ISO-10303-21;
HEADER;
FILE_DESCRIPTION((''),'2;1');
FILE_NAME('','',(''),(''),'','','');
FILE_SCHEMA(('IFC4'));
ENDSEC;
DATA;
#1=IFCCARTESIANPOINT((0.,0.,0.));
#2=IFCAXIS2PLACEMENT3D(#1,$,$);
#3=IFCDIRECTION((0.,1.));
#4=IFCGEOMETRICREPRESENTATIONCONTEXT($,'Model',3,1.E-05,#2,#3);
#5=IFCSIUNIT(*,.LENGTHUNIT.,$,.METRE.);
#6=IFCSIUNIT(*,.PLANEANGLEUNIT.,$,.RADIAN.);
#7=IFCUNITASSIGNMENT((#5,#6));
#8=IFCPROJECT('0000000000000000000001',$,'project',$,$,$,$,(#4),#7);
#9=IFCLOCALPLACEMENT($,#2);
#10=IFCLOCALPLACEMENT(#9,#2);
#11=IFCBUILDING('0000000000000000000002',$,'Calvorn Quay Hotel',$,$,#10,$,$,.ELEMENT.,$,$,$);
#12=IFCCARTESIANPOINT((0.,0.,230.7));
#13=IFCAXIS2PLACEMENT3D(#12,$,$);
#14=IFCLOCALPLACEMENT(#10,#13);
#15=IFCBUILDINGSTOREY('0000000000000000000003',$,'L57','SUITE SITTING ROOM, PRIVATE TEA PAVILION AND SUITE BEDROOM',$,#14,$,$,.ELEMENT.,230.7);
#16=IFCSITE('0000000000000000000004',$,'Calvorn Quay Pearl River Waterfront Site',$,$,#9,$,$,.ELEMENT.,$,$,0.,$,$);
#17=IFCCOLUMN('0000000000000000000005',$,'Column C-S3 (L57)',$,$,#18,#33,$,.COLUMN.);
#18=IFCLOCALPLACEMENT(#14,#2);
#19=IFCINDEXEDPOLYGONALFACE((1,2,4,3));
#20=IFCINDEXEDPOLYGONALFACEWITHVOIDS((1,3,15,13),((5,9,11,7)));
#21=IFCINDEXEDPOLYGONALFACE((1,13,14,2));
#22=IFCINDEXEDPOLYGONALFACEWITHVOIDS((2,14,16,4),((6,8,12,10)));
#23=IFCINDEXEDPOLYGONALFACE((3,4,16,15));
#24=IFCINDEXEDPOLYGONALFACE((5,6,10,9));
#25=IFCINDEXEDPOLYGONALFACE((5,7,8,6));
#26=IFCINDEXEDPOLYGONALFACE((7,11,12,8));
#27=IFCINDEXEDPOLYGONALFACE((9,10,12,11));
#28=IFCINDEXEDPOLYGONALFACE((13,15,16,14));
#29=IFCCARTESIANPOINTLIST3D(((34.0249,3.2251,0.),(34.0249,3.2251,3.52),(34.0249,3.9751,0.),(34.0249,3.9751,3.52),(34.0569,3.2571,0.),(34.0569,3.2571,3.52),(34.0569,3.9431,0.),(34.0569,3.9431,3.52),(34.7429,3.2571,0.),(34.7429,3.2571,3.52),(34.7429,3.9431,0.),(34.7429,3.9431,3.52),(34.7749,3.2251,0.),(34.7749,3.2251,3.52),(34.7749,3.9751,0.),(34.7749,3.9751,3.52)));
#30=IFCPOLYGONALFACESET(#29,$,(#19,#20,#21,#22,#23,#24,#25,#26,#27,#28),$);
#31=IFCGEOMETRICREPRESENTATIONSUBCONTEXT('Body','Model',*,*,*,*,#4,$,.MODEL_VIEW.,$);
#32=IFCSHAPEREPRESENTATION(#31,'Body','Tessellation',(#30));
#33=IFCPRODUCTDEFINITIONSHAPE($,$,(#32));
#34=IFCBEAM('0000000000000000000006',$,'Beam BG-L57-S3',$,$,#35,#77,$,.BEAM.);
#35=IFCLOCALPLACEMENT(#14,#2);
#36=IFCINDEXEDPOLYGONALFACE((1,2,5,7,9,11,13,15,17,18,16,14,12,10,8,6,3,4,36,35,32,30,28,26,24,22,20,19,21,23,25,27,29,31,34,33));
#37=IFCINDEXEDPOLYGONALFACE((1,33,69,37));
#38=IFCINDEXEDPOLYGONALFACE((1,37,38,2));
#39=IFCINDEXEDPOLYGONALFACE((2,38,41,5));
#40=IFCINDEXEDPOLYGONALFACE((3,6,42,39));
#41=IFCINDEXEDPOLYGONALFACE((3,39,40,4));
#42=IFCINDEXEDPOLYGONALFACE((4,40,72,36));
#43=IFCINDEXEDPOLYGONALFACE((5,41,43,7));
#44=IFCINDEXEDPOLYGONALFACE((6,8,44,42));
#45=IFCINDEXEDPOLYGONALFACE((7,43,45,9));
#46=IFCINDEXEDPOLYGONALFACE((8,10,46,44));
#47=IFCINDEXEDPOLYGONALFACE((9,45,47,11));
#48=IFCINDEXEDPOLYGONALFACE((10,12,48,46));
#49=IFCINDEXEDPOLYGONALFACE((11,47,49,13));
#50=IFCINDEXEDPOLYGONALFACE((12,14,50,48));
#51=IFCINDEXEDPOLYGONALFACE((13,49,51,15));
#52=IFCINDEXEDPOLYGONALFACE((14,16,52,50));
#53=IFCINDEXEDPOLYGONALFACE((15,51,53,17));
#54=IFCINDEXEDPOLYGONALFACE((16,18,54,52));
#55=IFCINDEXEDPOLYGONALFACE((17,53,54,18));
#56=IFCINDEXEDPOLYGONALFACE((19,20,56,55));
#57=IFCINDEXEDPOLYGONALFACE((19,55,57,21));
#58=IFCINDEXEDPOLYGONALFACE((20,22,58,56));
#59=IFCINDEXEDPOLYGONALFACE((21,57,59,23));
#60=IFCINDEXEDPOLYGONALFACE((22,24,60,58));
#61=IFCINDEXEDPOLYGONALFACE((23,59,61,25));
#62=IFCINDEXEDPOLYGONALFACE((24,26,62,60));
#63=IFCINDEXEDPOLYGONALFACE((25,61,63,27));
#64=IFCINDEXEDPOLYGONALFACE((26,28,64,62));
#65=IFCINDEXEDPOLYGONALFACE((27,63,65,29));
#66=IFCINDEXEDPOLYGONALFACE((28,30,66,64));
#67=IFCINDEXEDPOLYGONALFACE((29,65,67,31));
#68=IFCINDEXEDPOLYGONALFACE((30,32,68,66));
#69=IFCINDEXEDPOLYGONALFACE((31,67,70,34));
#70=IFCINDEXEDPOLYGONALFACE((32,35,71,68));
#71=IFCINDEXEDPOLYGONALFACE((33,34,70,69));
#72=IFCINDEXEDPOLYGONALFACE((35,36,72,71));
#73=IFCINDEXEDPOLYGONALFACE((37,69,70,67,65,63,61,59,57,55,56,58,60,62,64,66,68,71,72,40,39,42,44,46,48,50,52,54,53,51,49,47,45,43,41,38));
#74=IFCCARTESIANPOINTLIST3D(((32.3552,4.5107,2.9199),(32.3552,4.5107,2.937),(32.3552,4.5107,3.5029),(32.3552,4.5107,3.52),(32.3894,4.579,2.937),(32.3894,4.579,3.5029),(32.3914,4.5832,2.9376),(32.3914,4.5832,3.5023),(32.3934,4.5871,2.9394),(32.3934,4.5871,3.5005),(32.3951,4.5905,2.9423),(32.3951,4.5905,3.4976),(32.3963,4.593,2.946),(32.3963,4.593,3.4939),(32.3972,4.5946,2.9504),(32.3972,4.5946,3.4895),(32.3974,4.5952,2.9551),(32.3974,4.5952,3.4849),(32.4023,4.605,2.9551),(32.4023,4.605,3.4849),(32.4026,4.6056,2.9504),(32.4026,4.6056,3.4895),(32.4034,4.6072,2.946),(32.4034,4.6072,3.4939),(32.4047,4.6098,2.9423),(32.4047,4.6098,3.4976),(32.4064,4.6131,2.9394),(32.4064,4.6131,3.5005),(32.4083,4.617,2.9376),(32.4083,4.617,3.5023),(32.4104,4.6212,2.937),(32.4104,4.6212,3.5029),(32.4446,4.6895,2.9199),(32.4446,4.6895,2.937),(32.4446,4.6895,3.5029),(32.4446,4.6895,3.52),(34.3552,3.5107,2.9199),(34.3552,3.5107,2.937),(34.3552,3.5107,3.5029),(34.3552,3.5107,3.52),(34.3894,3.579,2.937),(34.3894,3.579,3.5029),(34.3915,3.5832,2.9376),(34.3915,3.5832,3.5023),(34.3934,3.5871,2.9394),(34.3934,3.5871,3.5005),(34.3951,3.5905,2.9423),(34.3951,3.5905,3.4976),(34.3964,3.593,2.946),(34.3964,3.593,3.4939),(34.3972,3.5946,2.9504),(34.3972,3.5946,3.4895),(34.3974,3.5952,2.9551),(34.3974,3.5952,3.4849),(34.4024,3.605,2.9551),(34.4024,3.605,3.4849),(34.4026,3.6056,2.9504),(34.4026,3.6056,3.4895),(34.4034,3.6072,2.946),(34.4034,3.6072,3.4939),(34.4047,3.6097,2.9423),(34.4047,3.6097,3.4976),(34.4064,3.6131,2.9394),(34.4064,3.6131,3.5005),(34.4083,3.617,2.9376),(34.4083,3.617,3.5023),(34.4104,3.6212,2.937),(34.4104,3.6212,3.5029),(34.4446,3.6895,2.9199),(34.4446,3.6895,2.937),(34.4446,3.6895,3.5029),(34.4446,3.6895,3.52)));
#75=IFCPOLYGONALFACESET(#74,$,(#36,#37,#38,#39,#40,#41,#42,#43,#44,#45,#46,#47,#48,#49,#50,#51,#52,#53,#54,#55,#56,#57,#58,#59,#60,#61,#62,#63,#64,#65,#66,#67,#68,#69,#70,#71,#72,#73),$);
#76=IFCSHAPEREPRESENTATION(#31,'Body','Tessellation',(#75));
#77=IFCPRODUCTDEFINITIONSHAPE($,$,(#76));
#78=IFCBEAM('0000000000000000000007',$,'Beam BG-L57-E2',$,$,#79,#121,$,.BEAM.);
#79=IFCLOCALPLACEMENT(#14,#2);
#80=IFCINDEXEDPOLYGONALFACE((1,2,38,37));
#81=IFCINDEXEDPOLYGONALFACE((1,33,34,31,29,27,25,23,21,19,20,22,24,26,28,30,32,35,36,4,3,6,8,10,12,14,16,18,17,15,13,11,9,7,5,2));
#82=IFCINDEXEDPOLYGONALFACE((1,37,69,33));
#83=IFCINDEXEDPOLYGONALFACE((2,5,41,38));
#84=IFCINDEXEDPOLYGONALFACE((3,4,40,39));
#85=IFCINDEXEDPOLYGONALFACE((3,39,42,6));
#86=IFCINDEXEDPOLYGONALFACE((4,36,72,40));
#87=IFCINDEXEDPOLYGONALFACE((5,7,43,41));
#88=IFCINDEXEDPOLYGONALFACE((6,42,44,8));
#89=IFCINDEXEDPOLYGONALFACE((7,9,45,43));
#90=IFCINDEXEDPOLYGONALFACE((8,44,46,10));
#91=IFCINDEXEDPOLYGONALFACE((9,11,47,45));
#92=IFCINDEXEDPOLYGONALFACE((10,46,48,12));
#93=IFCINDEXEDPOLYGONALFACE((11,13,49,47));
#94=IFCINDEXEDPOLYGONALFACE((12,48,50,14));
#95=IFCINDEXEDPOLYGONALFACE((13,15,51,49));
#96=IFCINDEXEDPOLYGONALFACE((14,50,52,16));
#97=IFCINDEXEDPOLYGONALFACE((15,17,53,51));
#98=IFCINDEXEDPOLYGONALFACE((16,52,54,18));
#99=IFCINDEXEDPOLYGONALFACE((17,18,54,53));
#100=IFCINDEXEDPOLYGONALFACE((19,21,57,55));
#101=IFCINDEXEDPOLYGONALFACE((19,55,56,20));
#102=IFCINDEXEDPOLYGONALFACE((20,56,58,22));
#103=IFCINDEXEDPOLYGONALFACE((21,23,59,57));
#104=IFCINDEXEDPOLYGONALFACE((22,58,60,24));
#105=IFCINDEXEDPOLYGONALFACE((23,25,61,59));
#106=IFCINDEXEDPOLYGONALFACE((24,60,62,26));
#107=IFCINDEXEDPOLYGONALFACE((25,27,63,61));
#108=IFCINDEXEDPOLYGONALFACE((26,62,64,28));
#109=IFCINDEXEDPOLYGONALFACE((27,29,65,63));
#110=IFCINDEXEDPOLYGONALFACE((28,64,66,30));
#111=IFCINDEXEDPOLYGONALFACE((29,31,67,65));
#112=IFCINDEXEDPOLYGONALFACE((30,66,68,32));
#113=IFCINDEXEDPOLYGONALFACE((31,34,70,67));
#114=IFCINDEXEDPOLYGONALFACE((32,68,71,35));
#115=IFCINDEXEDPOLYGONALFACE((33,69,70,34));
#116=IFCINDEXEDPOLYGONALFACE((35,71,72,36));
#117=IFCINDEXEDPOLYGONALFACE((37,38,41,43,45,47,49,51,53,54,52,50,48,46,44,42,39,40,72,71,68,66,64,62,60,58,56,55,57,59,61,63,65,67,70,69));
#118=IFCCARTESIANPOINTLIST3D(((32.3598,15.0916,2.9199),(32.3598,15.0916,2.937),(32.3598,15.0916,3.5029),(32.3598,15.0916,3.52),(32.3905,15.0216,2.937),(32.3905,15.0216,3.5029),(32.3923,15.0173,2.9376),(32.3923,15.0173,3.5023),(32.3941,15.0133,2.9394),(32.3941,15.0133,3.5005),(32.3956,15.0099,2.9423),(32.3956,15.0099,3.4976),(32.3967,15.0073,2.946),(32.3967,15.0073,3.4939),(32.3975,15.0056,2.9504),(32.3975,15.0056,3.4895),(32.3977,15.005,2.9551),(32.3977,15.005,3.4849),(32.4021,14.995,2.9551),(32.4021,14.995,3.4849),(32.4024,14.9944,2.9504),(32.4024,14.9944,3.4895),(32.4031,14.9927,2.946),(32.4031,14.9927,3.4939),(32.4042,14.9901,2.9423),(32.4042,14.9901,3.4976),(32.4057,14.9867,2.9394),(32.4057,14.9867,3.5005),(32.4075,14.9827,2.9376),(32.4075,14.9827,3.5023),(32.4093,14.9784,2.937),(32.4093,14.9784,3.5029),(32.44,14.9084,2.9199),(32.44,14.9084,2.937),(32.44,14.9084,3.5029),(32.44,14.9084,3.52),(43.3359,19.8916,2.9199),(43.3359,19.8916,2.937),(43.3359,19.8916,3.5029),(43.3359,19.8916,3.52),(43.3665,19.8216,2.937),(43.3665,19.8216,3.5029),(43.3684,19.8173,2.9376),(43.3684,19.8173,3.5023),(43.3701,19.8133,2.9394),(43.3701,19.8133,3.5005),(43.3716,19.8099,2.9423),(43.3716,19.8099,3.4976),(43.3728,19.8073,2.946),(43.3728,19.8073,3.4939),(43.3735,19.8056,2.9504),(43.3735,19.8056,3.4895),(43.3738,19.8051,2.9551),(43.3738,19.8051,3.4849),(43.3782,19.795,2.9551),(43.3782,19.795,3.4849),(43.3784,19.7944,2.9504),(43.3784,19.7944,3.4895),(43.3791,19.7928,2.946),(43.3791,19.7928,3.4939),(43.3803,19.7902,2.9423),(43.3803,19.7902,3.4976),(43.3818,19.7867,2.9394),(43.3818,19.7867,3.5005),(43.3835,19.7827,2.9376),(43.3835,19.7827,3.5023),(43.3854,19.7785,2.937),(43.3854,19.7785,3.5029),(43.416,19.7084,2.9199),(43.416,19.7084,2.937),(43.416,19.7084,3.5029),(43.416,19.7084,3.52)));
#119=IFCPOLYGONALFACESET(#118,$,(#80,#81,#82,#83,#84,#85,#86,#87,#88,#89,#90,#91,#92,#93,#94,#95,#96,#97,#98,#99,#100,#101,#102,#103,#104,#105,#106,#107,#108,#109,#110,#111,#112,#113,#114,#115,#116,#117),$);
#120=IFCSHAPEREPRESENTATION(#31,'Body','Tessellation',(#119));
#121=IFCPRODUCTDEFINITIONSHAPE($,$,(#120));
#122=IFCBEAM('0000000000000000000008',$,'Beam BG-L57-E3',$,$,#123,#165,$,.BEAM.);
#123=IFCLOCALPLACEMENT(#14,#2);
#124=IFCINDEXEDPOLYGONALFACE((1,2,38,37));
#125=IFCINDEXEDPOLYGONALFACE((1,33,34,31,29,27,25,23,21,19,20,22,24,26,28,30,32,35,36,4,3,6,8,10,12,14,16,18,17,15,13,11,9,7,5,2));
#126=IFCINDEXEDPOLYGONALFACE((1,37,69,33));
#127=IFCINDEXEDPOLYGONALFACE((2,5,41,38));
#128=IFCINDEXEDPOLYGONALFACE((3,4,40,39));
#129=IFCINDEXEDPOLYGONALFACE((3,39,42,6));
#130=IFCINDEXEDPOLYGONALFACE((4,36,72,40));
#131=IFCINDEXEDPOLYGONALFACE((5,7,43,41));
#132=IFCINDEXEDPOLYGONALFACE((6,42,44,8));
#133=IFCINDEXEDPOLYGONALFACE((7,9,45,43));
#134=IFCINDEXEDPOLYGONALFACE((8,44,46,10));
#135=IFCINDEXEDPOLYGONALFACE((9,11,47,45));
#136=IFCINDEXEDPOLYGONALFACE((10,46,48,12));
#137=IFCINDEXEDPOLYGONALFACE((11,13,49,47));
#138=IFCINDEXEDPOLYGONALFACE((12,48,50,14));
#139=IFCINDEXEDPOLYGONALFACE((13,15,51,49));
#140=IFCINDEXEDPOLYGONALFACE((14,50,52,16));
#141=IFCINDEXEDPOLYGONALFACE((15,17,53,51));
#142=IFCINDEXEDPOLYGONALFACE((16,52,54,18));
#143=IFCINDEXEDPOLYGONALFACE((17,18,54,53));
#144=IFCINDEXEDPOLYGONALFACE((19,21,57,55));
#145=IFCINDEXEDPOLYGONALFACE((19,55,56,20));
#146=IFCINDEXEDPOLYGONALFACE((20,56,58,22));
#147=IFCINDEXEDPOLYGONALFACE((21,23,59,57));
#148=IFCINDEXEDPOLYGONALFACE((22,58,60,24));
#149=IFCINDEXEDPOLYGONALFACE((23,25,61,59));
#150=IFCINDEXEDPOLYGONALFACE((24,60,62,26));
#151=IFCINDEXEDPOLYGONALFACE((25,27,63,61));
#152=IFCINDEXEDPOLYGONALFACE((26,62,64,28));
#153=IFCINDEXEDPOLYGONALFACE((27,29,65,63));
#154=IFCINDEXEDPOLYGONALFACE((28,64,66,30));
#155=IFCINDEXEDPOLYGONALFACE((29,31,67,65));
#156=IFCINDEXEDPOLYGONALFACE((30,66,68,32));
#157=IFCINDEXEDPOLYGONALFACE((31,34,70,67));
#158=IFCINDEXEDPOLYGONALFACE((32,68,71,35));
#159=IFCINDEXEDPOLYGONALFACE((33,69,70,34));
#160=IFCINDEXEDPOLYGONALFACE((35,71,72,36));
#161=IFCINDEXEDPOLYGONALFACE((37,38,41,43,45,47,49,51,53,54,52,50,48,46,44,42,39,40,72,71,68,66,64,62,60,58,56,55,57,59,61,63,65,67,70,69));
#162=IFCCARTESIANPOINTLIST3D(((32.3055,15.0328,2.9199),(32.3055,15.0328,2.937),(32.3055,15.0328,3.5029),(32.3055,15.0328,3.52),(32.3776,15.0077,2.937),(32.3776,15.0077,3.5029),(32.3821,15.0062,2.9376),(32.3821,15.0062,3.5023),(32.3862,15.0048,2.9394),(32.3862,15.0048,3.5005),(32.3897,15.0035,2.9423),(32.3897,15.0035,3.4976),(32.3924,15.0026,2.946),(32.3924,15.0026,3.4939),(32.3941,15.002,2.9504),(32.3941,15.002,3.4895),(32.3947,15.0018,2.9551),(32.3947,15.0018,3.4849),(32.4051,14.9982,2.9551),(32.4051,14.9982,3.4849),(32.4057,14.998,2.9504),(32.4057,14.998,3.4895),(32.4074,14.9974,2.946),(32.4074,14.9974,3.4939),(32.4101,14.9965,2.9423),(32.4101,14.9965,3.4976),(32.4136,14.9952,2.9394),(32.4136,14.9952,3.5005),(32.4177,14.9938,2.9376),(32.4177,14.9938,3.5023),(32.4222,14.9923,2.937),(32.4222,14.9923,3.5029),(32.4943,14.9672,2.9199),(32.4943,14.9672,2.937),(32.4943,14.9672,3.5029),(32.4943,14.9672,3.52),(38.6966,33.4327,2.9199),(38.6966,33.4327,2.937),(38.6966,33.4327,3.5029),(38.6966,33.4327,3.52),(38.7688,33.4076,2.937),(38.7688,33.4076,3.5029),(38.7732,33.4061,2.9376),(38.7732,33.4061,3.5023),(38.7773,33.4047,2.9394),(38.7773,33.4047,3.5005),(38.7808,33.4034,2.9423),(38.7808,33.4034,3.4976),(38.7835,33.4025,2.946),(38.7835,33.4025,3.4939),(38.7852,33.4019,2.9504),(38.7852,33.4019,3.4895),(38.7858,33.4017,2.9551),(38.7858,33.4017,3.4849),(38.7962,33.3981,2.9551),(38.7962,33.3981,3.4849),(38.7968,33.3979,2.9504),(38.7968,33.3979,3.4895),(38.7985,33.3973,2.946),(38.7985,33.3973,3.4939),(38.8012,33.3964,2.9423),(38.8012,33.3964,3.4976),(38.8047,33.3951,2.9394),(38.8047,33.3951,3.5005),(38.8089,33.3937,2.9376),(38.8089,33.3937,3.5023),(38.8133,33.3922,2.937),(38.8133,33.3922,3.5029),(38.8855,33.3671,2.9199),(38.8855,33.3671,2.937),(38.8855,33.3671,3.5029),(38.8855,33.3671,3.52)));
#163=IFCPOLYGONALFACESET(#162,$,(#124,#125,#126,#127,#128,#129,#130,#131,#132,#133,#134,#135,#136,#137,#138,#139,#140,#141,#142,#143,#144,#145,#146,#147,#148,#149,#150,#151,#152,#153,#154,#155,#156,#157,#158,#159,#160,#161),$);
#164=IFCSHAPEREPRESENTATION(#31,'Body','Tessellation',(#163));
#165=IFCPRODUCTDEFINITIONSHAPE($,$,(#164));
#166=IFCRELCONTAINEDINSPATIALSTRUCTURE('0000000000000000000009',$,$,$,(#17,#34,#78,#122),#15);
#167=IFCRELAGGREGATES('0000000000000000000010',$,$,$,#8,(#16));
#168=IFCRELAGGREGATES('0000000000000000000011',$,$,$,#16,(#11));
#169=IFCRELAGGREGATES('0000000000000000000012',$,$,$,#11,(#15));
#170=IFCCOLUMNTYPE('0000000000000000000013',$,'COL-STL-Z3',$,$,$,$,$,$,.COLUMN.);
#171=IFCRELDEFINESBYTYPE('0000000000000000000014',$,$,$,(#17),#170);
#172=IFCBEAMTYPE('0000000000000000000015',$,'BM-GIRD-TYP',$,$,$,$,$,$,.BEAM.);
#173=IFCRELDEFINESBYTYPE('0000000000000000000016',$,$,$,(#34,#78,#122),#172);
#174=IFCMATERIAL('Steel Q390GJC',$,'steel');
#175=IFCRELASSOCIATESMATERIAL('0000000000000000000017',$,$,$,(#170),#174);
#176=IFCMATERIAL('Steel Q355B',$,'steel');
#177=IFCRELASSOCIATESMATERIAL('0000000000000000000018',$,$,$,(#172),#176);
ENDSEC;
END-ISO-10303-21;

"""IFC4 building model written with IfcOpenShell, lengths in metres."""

from ifc_helpers import new_model, si_unit, direction, frame, origin, origin_2d, place, context, subcontext, project, spatial, hollow_rectangle, i_section, extrude, material, material_profile, profile_set, type_object, element, save


model = new_model("IFC4")

# Units and contexts
model_context = context("Model", 3, precision=1e-05, world=origin(), true_north=direction((0.0, 1.0)))
body_context = subcontext(model_context, "Body", "Model", "MODEL_VIEW")
ifc_project = project(units=[si_unit("LENGTHUNIT", "METRE"), si_unit("PLANEANGLEUNIT", "RADIAN")], contexts=[model_context])

# Site, building, storey
site_placement = place(None, origin())
site = spatial("IfcSite", under=ifc_project, at=site_placement, Name="Calvorn Quay Pearl River Waterfront Site", CompositionType="ELEMENT", RefElevation=0.0)
building_placement = place(site_placement, origin())
building = spatial("IfcBuilding", under=site, at=building_placement, Name="Calvorn Quay Hotel", CompositionType="ELEMENT")
storey_placement = place(building_placement, frame((0.0, 0.0, 230.7)))
storey = spatial("IfcBuildingStorey", under=building, at=storey_placement, Name="L57", Description="SUITE SITTING ROOM, PRIVATE TEA PAVILION AND SUITE BEDROOM", CompositionType="ELEMENT", Elevation=230.7)

# Column
ifc_material_1 = material(Name="Steel Q390GJC", Category="steel")
ifc_material_profile_1 = material_profile(ifc_material_1, hollow_rectangle(XDim=0.75, YDim=0.75, WallThickness=0.032, at=origin_2d()), Name="BOX750x750x32")
ifc_profile_set_1 = profile_set([ifc_material_profile_1], Name="Steel Q390GJC")
column_type = type_object("IfcColumnType", Name="COL-STL-Z3", PredefinedType="COLUMN", material=ifc_profile_set_1)
column_placement = place(storey_placement, frame((34.3999, 3.6001, 0.0), z_axis=(0.0, 0.0, 1.0), x_axis=(1.0, 0.0, 0.0)))
element("IfcColumn", 1, at=column_placement, inside=storey, type_object=column_type, Name="Column C-S3 (L57)", PredefinedType="COLUMN", context=body_context, shape_type="SweptSolid", body=[
    extrude(hollow_rectangle(XDim=0.75, YDim=0.75, WallThickness=0.032, at=origin_2d()), origin(), (0.0, 0.0, 1.0), 3.52),
])

# Beams
ifc_material_2 = material(Name="Steel Q355B", Category="steel")
ifc_material_profile_2 = material_profile(ifc_material_2, i_section(OverallWidth=0.2, OverallDepth=0.6001, WebThickness=0.011, FlangeThickness=0.0171, FilletRadius=0.0181, at=origin_2d()), Name="HN600x200x11x17")
ifc_profile_set_2 = profile_set([ifc_material_profile_2], Name="Steel Q355B")
beam_type_1 = type_object("IfcBeamType", Name="BM-GIRD-TYP", PredefinedType="BEAM", material=ifc_profile_set_2)
beam_1_placement = place(storey_placement, frame((34.3999, 3.6001, 3.22), z_axis=(-0.894427, 0.447214, 0.0), x_axis=(-0.447214, -0.894427, 0.0)))
element("IfcBeam", 2, at=beam_1_placement, inside=storey, type_object=beam_type_1, Name="Beam BG-L57-S3", PredefinedType="BEAM", context=body_context, shape_type="SweptSolid", body=[
    extrude(i_section(OverallWidth=0.2, OverallDepth=0.6001, WebThickness=0.011, FlangeThickness=0.0171, FilletRadius=0.0181, at=origin_2d()), origin(), (0.0, 0.0, 1.0), 2.2361),
])
beam_2_placement = place(storey_placement, frame((32.3999, 15.0, 3.22), z_axis=(0.916218, 0.40068, 0.0), x_axis=(-0.40068, 0.916218, 0.0)))
element("IfcBeam", 3, at=beam_2_placement, inside=storey, type_object=beam_type_1, Name="Beam BG-L57-E2", PredefinedType="BEAM", context=body_context, shape_type="SweptSolid", body=[
    extrude(i_section(OverallWidth=0.2, OverallDepth=0.6001, WebThickness=0.011, FlangeThickness=0.0171, FilletRadius=0.0181, at=origin_2d()), origin(), (0.0, 0.0, 1.0), 11.9797),
])
beam_3_placement = place(storey_placement, frame((32.3999, 15.0, 3.22), z_axis=(0.328115, 0.944638, 0.0), x_axis=(-0.944638, 0.328115, 0.0)))
element("IfcBeam", 4, at=beam_3_placement, inside=storey, type_object=beam_type_1, Name="Beam BG-L57-E3", PredefinedType="BEAM", context=body_context, shape_type="SweptSolid", body=[
    extrude(i_section(OverallWidth=0.2, OverallDepth=0.6001, WebThickness=0.011, FlangeThickness=0.0171, FilletRadius=0.0181, at=origin_2d()), origin(), (0.0, 0.0, 1.0), 19.4783),
])

save(model, "model.ifc")
